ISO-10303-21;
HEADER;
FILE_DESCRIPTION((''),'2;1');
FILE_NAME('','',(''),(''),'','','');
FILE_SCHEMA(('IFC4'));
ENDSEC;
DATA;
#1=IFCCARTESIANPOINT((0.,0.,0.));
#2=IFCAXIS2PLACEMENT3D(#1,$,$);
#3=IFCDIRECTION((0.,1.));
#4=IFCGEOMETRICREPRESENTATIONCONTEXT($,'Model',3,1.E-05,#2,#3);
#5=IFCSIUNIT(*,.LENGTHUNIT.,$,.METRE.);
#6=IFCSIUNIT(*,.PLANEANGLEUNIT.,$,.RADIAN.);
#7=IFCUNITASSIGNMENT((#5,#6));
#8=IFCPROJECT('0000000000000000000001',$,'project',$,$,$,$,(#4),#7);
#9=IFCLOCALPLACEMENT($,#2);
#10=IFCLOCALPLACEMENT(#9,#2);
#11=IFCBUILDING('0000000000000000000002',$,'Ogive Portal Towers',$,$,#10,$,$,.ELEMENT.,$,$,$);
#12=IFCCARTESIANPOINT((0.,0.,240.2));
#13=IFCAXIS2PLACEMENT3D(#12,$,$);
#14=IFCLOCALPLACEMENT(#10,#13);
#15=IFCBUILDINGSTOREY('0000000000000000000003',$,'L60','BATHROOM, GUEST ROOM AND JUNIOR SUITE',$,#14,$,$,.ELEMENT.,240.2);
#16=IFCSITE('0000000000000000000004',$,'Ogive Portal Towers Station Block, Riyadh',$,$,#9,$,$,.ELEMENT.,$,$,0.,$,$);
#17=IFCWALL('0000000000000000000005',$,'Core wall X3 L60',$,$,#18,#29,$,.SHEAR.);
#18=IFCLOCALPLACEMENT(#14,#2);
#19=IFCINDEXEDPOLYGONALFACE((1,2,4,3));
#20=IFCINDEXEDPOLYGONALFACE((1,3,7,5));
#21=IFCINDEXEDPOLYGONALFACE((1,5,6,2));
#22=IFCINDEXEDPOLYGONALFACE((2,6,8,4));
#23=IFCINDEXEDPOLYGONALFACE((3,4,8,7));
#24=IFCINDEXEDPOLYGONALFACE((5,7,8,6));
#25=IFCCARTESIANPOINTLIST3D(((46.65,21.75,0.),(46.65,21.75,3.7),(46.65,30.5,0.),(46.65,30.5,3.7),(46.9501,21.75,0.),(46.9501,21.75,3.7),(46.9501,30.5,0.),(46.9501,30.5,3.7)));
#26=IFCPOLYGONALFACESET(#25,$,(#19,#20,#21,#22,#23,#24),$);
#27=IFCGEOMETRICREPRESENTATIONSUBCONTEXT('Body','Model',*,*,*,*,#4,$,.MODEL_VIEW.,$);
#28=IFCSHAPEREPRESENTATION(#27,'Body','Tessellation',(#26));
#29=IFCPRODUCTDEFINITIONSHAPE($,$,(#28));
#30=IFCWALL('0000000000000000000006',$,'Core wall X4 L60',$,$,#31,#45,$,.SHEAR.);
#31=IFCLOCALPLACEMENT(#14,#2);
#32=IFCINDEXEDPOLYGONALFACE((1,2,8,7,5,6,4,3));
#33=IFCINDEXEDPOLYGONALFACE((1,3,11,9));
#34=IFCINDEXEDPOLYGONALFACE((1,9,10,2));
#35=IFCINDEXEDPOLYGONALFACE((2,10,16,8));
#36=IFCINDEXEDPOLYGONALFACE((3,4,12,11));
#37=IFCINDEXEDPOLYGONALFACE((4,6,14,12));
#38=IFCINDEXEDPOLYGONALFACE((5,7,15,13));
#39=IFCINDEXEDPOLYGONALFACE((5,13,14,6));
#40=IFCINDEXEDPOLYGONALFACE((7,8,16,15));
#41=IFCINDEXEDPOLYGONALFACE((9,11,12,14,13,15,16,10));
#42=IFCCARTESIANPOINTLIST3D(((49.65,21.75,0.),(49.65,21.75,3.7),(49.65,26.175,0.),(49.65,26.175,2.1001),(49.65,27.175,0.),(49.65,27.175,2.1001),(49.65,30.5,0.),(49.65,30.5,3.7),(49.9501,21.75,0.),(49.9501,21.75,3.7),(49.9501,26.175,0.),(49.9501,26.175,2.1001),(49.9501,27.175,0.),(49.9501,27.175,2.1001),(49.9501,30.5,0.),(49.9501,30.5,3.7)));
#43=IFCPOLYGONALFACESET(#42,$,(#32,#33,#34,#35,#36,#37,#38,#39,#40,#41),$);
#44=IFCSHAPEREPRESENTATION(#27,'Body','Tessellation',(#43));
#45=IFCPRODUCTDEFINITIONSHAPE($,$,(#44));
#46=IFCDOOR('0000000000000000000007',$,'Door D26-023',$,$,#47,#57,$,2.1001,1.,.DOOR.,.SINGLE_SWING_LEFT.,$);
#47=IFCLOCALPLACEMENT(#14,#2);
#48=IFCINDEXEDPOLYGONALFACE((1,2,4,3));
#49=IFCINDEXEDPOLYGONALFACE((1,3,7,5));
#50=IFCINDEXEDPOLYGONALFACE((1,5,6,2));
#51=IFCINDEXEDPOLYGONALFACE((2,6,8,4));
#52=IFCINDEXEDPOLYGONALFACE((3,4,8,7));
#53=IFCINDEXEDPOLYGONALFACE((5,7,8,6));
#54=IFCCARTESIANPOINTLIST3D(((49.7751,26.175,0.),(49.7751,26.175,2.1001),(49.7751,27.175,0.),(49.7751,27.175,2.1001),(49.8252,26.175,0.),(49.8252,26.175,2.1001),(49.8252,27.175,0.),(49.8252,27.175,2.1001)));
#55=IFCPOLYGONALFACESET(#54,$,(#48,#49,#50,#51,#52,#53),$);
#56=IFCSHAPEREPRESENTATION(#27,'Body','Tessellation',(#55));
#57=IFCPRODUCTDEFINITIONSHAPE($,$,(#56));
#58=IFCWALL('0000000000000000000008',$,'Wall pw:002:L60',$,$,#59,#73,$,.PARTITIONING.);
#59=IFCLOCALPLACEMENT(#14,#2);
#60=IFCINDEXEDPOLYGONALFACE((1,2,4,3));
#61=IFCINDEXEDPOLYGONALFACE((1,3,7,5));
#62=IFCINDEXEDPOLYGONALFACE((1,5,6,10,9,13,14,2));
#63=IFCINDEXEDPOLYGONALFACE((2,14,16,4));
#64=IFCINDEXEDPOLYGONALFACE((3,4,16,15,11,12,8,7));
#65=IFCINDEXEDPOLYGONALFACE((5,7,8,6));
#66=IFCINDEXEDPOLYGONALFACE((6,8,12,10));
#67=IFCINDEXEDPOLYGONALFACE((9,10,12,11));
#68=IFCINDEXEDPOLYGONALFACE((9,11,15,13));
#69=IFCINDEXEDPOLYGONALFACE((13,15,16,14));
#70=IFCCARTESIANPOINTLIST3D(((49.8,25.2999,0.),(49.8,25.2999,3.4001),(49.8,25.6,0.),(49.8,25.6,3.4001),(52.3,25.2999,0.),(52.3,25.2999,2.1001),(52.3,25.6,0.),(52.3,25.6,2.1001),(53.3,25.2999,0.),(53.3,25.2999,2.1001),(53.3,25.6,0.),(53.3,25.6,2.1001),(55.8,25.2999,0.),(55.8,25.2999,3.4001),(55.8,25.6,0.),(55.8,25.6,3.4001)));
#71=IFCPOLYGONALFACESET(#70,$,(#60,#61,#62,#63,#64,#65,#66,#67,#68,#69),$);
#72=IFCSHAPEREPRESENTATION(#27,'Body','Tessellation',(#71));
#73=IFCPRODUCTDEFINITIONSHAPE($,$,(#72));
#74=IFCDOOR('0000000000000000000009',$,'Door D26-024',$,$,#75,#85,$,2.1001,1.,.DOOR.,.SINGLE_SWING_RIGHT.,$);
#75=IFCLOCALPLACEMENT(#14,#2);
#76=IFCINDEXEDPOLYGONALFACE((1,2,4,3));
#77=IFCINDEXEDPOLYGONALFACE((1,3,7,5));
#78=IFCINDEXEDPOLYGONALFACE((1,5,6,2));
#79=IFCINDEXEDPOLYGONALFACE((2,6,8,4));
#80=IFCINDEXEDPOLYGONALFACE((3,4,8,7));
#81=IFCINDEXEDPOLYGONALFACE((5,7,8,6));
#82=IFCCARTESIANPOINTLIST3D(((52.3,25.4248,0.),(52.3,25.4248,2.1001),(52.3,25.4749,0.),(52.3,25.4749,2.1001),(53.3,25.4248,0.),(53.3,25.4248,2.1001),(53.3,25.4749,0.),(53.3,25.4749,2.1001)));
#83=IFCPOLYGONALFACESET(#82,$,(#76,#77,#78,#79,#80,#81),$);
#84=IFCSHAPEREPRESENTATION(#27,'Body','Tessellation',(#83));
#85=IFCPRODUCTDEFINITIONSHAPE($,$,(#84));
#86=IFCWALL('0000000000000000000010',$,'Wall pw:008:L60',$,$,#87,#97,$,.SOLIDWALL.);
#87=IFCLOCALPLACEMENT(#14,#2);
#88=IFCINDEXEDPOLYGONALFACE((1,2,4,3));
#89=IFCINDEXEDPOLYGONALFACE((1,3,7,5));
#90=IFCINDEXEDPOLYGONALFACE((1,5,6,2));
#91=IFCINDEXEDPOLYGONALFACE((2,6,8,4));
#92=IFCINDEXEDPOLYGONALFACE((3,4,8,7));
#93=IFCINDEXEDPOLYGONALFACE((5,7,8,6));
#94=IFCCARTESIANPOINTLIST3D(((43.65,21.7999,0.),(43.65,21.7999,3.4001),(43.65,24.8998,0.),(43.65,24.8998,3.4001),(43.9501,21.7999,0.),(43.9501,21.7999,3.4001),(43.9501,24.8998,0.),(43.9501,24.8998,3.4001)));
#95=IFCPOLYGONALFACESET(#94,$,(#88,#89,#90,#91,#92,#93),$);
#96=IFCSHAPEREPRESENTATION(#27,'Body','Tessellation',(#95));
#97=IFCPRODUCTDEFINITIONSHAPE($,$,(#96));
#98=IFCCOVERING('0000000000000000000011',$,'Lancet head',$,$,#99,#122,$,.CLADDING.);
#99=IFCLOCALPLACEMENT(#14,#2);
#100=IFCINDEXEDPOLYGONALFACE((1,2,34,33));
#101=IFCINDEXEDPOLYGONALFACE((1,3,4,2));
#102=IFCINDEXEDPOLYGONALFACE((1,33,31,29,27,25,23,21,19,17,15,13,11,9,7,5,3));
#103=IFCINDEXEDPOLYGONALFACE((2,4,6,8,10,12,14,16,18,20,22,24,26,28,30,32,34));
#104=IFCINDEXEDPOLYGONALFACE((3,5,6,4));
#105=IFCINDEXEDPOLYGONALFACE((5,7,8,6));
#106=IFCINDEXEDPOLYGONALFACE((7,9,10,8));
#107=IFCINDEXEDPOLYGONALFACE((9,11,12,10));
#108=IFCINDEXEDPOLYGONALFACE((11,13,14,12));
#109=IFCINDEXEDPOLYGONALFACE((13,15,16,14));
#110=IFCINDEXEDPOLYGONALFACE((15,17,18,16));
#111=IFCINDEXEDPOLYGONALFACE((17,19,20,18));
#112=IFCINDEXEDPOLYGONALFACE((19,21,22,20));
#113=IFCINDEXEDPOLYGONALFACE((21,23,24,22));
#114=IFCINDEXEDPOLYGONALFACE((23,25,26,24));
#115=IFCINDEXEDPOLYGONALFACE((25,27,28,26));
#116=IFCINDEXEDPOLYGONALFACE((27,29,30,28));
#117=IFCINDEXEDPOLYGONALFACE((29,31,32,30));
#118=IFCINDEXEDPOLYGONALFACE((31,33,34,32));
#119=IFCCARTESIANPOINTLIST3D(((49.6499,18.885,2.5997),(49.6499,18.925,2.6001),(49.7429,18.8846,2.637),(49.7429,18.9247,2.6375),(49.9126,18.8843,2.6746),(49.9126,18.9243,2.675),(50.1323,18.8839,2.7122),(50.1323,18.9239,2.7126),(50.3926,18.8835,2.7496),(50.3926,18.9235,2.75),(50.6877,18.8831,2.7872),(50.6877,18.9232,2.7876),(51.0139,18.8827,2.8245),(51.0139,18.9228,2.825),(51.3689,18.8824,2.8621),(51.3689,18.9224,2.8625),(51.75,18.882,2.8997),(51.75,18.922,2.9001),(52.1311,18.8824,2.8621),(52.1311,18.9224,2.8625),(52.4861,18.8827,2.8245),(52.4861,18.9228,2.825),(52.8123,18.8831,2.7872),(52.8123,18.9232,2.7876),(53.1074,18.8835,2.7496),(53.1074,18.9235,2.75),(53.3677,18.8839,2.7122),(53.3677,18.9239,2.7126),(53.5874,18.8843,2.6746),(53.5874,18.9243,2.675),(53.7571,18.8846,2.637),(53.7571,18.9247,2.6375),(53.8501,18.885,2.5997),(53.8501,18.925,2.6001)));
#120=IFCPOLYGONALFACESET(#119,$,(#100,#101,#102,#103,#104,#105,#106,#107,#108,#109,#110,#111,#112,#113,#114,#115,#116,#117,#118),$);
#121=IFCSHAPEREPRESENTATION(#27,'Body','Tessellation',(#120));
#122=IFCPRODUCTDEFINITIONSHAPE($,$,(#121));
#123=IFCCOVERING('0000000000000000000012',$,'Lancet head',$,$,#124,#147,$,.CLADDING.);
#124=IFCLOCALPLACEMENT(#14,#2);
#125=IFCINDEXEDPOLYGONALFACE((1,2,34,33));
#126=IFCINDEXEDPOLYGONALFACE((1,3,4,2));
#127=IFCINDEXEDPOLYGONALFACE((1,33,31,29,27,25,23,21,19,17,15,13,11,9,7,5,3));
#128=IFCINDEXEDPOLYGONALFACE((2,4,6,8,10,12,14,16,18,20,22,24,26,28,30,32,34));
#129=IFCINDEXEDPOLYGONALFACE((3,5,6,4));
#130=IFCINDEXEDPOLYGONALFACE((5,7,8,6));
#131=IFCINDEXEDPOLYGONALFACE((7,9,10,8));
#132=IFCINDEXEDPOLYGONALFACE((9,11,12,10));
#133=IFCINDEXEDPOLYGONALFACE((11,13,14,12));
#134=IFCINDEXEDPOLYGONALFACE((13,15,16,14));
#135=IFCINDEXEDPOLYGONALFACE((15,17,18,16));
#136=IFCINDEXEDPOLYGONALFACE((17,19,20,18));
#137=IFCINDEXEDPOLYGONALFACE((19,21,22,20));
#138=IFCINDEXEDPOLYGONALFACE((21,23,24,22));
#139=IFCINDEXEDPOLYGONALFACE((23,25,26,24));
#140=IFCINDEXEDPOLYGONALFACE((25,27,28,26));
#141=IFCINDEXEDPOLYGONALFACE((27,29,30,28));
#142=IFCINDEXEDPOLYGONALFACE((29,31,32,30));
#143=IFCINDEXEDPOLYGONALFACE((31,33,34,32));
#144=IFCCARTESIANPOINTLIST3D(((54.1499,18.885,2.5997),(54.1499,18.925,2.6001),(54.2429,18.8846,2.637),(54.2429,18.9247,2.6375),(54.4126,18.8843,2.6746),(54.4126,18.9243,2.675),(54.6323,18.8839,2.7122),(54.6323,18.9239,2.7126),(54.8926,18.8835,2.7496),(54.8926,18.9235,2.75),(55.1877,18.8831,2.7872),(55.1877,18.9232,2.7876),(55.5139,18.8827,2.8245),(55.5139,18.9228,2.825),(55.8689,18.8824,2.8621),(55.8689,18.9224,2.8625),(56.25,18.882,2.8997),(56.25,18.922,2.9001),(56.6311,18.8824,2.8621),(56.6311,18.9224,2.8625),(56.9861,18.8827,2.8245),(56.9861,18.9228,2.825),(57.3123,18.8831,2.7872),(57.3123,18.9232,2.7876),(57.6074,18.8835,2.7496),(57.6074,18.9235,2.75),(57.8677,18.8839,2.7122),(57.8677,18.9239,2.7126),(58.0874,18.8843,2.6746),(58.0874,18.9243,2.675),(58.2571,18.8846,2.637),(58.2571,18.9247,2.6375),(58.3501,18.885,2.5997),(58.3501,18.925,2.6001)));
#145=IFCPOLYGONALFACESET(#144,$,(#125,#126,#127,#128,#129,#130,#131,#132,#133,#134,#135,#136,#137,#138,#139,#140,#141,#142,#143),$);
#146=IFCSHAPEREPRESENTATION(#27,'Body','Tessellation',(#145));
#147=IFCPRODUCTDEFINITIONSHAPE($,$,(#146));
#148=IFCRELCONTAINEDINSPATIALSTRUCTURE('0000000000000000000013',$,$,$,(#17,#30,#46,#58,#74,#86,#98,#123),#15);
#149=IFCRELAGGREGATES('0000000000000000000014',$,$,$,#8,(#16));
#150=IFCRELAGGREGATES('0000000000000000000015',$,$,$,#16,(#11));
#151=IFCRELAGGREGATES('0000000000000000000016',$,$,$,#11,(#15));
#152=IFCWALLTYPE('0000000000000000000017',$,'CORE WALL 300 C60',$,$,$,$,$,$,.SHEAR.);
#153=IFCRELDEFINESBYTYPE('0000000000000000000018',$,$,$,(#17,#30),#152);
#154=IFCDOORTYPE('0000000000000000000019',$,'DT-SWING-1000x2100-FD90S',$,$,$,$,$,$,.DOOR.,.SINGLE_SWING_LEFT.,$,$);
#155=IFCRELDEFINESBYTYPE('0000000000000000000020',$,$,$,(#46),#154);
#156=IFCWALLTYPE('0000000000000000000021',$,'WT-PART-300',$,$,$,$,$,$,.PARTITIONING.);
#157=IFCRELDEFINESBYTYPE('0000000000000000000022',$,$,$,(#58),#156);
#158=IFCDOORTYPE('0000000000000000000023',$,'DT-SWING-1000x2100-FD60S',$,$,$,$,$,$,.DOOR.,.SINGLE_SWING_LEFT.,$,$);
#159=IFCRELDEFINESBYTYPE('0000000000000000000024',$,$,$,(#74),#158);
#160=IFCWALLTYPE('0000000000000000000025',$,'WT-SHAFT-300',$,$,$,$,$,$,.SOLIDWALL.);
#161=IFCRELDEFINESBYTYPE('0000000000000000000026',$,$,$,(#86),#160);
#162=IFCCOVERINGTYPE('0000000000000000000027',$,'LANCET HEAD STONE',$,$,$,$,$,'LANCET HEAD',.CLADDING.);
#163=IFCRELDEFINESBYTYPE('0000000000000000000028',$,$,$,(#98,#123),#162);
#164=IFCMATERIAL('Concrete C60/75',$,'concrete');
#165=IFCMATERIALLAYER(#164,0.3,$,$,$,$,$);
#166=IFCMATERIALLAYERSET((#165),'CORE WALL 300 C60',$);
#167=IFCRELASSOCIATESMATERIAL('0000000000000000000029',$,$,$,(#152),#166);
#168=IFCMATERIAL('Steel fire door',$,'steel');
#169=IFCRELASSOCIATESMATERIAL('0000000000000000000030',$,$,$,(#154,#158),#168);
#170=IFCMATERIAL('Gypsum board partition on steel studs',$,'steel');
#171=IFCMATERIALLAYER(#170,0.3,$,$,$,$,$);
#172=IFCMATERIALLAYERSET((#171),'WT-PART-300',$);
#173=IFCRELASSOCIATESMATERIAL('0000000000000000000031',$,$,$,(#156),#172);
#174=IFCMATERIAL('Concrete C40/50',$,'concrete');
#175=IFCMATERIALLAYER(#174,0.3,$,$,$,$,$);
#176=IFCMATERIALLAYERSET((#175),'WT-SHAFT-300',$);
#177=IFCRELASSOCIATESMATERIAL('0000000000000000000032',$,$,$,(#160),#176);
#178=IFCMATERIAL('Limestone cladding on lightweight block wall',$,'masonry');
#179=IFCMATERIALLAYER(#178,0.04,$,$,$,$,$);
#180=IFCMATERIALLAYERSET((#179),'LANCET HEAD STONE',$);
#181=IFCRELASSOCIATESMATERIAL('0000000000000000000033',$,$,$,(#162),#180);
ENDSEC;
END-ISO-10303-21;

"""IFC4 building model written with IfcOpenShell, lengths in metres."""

from ifc_helpers import new_model, si_unit, direction, frame, frame_2d, origin, place, context, subcontext, project, spatial, polyline, rectangle, outline, extrude, material, layer, layer_set, type_object, element, fill, save


model = new_model("IFC4")

# Units and contexts
model_context = context("Model", 3, precision=1e-05, world=origin(), true_north=direction((0.0, 1.0)))
body_context = subcontext(model_context, "Body", "Model", "MODEL_VIEW")
ifc_project = project(units=[si_unit("LENGTHUNIT", "METRE"), si_unit("PLANEANGLEUNIT", "RADIAN")], contexts=[model_context])

# Site, building, storey
site_placement = place(None, origin())
site = spatial("IfcSite", under=ifc_project, at=site_placement, Name="Ogive Portal Towers Station Block, Riyadh", CompositionType="ELEMENT", RefElevation=0.0)
building_placement = place(site_placement, origin())
building = spatial("IfcBuilding", under=site, at=building_placement, Name="Ogive Portal Towers", CompositionType="ELEMENT")
storey_placement = place(building_placement, frame((0.0, 0.0, 240.2)))
storey = spatial("IfcBuildingStorey", under=building, at=storey_placement, Name="L60", Description="BATHROOM, GUEST ROOM AND JUNIOR SUITE", CompositionType="ELEMENT", Elevation=240.2)

# Wall
ifc_material_1 = material(Name="Concrete C60/75", Category="concrete")
ifc_layer_1 = layer(ifc_material_1, 0.3)
ifc_layer_set_1 = layer_set([ifc_layer_1], Name="CORE WALL 300 C60")
wall_type_1 = type_object("IfcWallType", Name="CORE WALL 300 C60", PredefinedType="SHEAR", material=ifc_layer_set_1)
wall_1_placement = place(storey_placement, frame((46.8, 21.75, 0.0), z_axis=(0.0, 0.0, 1.0), x_axis=(0.0, 1.0, 0.0)))
element("IfcWall", 1, at=wall_1_placement, inside=storey, type_object=wall_type_1, Name="Core wall X3 L60", PredefinedType="SHEAR", context=body_context, shape_type="SweptSolid", body=[
    extrude(rectangle(XDim=8.75, YDim=0.3, at=frame_2d((4.375, 0.0))), origin(), (0.0, 0.0, 1.0), 3.7),
])

# Wall, opening, door
wall_2_placement = place(storey_placement, frame((49.8, 21.75, 0.0), z_axis=(0.0, 0.0, 1.0), x_axis=(0.0, 1.0, 0.0)))
wall_2 = element("IfcWall", 2, at=wall_2_placement, inside=storey, type_object=wall_type_1, Name="Core wall X4 L60", PredefinedType="SHEAR", context=body_context, shape_type="SweptSolid", body=[
    extrude(rectangle(XDim=8.75, YDim=0.3, at=frame_2d((4.375, 0.0))), origin(), (0.0, 0.0, 1.0), 3.7),
])
opening_1_placement = place(wall_2_placement, frame((4.425, 0.0, 0.0)))
opening_1 = element("IfcOpeningElement", 3, at=opening_1_placement, cuts=wall_2, PredefinedType="OPENING", context=body_context, shape_type="SweptSolid", body=[
    extrude(rectangle(XDim=1.0, YDim=2.1001, at=frame_2d((0.5, 1.05))), frame((0.0, 0.1602, 0.0), z_axis=(0.0, -1.0, 0.0), x_axis=(1.0, 0.0, 0.0)), (0.0, 0.0, 1.0), 0.3201),
])
ifc_material_2 = material(Name="Steel fire door", Category="steel")
door_type_1 = type_object("IfcDoorType", Name="DT-SWING-1000x2100-FD90S", OperationType="SINGLE_SWING_LEFT", PredefinedType="DOOR", material=ifc_material_2)
door_1_placement = place(opening_1_placement, origin())
door_1 = element("IfcDoor", 4, at=door_1_placement, inside=storey, type_object=door_type_1, Name="Door D26-023", OperationType="SINGLE_SWING_LEFT", OverallHeight=2.1001, OverallWidth=1.0, PredefinedType="DOOR", context=body_context, shape_type="SweptSolid", body=[
    extrude(rectangle(XDim=1.0, YDim=2.1001, at=frame_2d((0.5, 1.05))), frame((0.0, 0.0249, 0.0), z_axis=(0.0, -1.0, 0.0), x_axis=(1.0, 0.0, 0.0)), (0.0, 0.0, 1.0), 0.05),
])
fill(opening_1, door_1)

# Shared definitions
ifc_material_3 = material(Name="Limestone cladding on lightweight block wall", Category="masonry")

# Wall, opening, door
ifc_material_4 = material(Name="Gypsum board partition on steel studs", Category="steel")
ifc_layer_2 = layer(ifc_material_4, 0.3)
ifc_layer_set_2 = layer_set([ifc_layer_2], Name="WT-PART-300")
wall_type_2 = type_object("IfcWallType", Name="WT-PART-300", PredefinedType="PARTITIONING", material=ifc_layer_set_2)
wall_3_placement = place(storey_placement, frame((49.8, 25.45, 0.0), z_axis=(0.0, 0.0, 1.0), x_axis=(1.0, 0.0, 0.0)))
wall_3 = element("IfcWall", 5, at=wall_3_placement, inside=storey, type_object=wall_type_2, Name="Wall pw:002:L60", PredefinedType="PARTITIONING", context=body_context, shape_type="SweptSolid", body=[
    extrude(rectangle(XDim=6.0, YDim=0.3, at=frame_2d((3.0, 0.0))), origin(), (0.0, 0.0, 1.0), 3.4001),
])
opening_2_placement = place(wall_3_placement, frame((2.5, 0.0, 0.0)))
opening_2 = element("IfcOpeningElement", 6, at=opening_2_placement, cuts=wall_3, PredefinedType="OPENING", context=body_context, shape_type="SweptSolid", body=[
    extrude(rectangle(XDim=1.0, YDim=2.1001, at=frame_2d((0.5, 1.05))), frame((0.0, 0.1602, 0.0), z_axis=(0.0, -1.0, 0.0), x_axis=(1.0, 0.0, 0.0)), (0.0, 0.0, 1.0), 0.3201),
])
door_type_2 = type_object("IfcDoorType", Name="DT-SWING-1000x2100-FD60S", OperationType="SINGLE_SWING_LEFT", PredefinedType="DOOR", material=ifc_material_2)
door_2_placement = place(opening_2_placement, origin())
door_2 = element("IfcDoor", 7, at=door_2_placement, inside=storey, type_object=door_type_2, Name="Door D26-024", OperationType="SINGLE_SWING_RIGHT", OverallHeight=2.1001, OverallWidth=1.0, PredefinedType="DOOR", context=body_context, shape_type="SweptSolid", body=[
    extrude(rectangle(XDim=1.0, YDim=2.1001, at=frame_2d((0.5, 1.05))), frame((0.0, 0.0249, 0.0), z_axis=(0.0, -1.0, 0.0), x_axis=(1.0, 0.0, 0.0)), (0.0, 0.0, 1.0), 0.05),
])
fill(opening_2, door_2)

# Wall
ifc_material_5 = material(Name="Concrete C40/50", Category="concrete")
ifc_layer_3 = layer(ifc_material_5, 0.3)
ifc_layer_set_3 = layer_set([ifc_layer_3], Name="WT-SHAFT-300")
wall_type_3 = type_object("IfcWallType", Name="WT-SHAFT-300", PredefinedType="SOLIDWALL", material=ifc_layer_set_3)
wall_4_placement = place(storey_placement, frame((43.8, 21.8, 0.0), z_axis=(0.0, 0.0, 1.0), x_axis=(0.0, 1.0, 0.0)))
element("IfcWall", 8, at=wall_4_placement, inside=storey, type_object=wall_type_3, Name="Wall pw:008:L60", PredefinedType="SOLIDWALL", context=body_context, shape_type="SweptSolid", body=[
    extrude(rectangle(XDim=3.0999, YDim=0.3, at=frame_2d((1.5498, 0.0))), origin(), (0.0, 0.0, 1.0), 3.4001),
])

# Coverings
ifc_layer_4 = layer(ifc_material_3, 0.04)
ifc_layer_set_4 = layer_set([ifc_layer_4], Name="LANCET HEAD STONE")
covering_type = type_object("IfcCoveringType", Name="LANCET HEAD STONE", ElementType="LANCET HEAD", PredefinedType="CLADDING", material=ifc_layer_set_4)
for number, where, z_axis, x_axis, name in (
    (9, (49.6499, 18.925, 2.6001), (0.0, 0.999949, 0.010108), (1.0, 0.0, 0.0), "Lancet head"),
    (10, (54.1499, 18.925, 2.6001), (0.0, 0.999949, 0.010108), (1.0, 0.0, 0.0), "Lancet head"),
):
    element("IfcCovering", number, at=place(storey_placement, frame(where, z_axis=z_axis, x_axis=x_axis)), inside=storey, type_object=covering_type, Name=name, PredefinedType="CLADDING", context=body_context, shape_type="SweptSolid", body=[
        extrude(outline(polyline([(0.0, 0.0), (4.2002, 0.0), (4.1072, -0.0374), (3.9375, -0.075), (3.7178, -0.1126), (3.4575, -0.1499), (3.1624, -0.1875), (2.8362, -0.2249), (2.4812, -0.2625), (2.1001, -0.3001), (1.719, -0.2625), (1.364, -0.2249), (1.0378, -0.1875), (0.7427, -0.1499), (0.4824, -0.1126), (0.2627, -0.075), (0.093, -0.0374), (0.0, 0.0)])), origin(), (0.0, 0.0, -1.0), 0.04),
    ])

save(model, "model.ifc")
